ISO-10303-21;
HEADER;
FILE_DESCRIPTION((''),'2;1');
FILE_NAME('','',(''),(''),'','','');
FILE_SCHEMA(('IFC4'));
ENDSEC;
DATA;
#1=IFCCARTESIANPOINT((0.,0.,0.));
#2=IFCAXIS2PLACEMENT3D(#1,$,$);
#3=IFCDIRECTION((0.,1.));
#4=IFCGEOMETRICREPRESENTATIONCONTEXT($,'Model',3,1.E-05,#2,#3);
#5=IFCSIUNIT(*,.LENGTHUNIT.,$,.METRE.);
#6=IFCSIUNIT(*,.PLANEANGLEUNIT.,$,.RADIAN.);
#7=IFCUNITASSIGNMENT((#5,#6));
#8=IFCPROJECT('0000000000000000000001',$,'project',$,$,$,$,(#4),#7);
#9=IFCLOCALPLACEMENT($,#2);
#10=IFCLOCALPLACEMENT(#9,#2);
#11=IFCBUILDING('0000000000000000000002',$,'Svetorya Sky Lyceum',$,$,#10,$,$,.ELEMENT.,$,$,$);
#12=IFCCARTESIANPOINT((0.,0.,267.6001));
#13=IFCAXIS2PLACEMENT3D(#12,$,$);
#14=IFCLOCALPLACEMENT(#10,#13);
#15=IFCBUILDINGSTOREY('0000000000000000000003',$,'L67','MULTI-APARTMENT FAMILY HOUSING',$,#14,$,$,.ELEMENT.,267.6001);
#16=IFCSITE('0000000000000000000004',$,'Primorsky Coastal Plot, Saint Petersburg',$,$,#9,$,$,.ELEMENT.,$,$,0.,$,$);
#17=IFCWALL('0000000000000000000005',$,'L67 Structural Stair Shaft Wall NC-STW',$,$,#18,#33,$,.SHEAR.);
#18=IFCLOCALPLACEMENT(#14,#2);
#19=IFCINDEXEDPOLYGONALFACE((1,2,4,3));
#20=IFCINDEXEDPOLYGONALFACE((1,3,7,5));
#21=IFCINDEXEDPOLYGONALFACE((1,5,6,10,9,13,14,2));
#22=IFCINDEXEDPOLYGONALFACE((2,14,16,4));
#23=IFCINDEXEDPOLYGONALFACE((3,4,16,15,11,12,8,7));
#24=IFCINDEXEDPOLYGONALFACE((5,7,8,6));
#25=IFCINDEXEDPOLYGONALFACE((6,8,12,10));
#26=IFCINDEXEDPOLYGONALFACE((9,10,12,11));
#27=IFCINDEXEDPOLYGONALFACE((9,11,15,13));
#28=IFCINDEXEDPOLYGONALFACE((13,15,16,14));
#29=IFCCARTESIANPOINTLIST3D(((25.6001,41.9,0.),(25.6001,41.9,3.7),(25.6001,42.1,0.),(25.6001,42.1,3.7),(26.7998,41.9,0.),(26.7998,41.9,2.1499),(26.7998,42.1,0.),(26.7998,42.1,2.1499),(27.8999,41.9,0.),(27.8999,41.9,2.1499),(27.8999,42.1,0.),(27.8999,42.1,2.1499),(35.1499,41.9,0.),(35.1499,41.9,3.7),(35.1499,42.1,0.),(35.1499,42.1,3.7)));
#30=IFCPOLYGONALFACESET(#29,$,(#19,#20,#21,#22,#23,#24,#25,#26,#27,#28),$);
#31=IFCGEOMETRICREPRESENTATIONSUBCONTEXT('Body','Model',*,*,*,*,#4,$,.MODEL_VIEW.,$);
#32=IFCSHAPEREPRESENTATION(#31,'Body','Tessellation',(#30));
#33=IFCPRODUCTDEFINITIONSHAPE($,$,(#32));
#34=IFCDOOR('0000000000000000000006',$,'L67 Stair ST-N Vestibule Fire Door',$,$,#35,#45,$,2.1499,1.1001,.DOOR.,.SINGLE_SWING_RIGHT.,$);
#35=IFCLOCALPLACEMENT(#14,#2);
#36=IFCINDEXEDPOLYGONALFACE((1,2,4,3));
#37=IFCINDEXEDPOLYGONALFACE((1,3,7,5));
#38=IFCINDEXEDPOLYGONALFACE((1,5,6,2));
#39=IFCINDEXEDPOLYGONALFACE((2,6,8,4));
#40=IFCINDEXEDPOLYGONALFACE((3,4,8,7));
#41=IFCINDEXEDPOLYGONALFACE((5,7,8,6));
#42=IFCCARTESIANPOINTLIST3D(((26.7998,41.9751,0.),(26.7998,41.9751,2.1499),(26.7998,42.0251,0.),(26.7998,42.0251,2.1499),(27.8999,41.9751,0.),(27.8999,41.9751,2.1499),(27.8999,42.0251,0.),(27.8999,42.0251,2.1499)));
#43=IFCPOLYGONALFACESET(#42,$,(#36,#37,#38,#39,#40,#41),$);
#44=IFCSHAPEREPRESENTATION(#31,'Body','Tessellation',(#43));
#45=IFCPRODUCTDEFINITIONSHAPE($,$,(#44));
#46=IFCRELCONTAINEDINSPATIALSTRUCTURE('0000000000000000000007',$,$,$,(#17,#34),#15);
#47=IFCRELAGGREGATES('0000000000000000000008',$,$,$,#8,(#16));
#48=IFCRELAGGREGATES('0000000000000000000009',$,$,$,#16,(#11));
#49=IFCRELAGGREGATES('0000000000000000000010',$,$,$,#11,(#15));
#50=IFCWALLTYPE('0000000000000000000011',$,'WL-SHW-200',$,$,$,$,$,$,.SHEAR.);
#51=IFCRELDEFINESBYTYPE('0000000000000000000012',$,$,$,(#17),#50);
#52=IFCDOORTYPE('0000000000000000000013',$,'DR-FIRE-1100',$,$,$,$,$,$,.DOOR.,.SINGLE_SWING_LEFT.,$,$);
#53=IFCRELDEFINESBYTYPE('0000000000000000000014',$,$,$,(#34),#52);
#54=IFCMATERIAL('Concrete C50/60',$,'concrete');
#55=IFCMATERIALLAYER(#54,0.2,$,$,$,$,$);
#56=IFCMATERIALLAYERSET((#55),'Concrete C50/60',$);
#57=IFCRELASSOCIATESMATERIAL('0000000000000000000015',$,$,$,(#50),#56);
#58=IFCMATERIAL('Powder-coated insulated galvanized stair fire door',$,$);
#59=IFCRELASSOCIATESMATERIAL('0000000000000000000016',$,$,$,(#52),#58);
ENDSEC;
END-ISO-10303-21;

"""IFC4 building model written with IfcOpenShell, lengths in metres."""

from ifc_helpers import new_model, si_unit, direction, frame, frame_2d, origin, place, context, subcontext, project, spatial, rectangle, extrude, material, layer, layer_set, type_object, element, fill, save


model = new_model("IFC4")

# Units and contexts
model_context = context("Model", 3, precision=1e-05, world=origin(), true_north=direction((0.0, 1.0)))
body_context = subcontext(model_context, "Body", "Model", "MODEL_VIEW")
ifc_project = project(units=[si_unit("LENGTHUNIT", "METRE"), si_unit("PLANEANGLEUNIT", "RADIAN")], contexts=[model_context])

# Site, building, storey
site_placement = place(None, origin())
site = spatial("IfcSite", under=ifc_project, at=site_placement, Name="Primorsky Coastal Plot, Saint Petersburg", CompositionType="ELEMENT", RefElevation=0.0)
building_placement = place(site_placement, origin())
building = spatial("IfcBuilding", under=site, at=building_placement, Name="Svetorya Sky Lyceum", CompositionType="ELEMENT")
storey_placement = place(building_placement, frame((0.0, 0.0, 267.6001)))
storey = spatial("IfcBuildingStorey", under=building, at=storey_placement, Name="L67", Description="MULTI-APARTMENT FAMILY HOUSING", CompositionType="ELEMENT", Elevation=267.6001)

# Wall, opening, door
ifc_material_1 = material(Name="Concrete C50/60", Category="concrete")
ifc_layer_1 = layer(ifc_material_1, 0.2)
ifc_layer_set_1 = layer_set([ifc_layer_1], Name="Concrete C50/60")
wall_type_1 = type_object("IfcWallType", Name="WL-SHW-200", PredefinedType="SHEAR", material=ifc_layer_set_1)
wall_1_placement = place(storey_placement, frame((35.1499, 42.0, 0.0), z_axis=(0.0, 0.0, 1.0), x_axis=(-1.0, 0.0, 0.0)))
wall_1 = element("IfcWall", 1, at=wall_1_placement, inside=storey, type_object=wall_type_1, Name="L67 Structural Stair Shaft Wall NC-STW", PredefinedType="SHEAR", context=body_context, shape_type="SweptSolid", body=[
    extrude(rectangle(XDim=9.5498, YDim=0.2, at=frame_2d((4.7749, 0.0))), origin(), (0.0, 0.0, 1.0), 3.7),
])
opening_1_placement = place(wall_1_placement, frame((7.25, 0.0, 0.0)))
opening_1 = element("IfcOpeningElement", 2, at=opening_1_placement, cuts=wall_1, PredefinedType="OPENING", context=body_context, shape_type="SweptSolid", body=[
    extrude(rectangle(XDim=1.1001, YDim=2.1499, at=frame_2d((0.55, 1.075))), frame((0.0, 0.1099, 0.0), z_axis=(0.0, -1.0, 0.0), x_axis=(1.0, 0.0, 0.0)), (0.0, 0.0, 1.0), 0.22),
])
ifc_material_2 = material(Name="Powder-coated insulated galvanized stair fire door")
door_type_1 = type_object("IfcDoorType", Name="DR-FIRE-1100", OperationType="SINGLE_SWING_LEFT", PredefinedType="DOOR", material=ifc_material_2)
door_1_placement = place(opening_1_placement, origin())
door_1 = element("IfcDoor", 3, at=door_1_placement, inside=storey, type_object=door_type_1, Name="L67 Stair ST-N Vestibule Fire Door", OperationType="SINGLE_SWING_RIGHT", OverallHeight=2.1499, OverallWidth=1.1001, PredefinedType="DOOR", context=body_context, shape_type="SweptSolid", body=[
    extrude(rectangle(XDim=1.1001, YDim=2.1499, at=frame_2d((0.55, 1.075))), frame((0.0, 0.0249, 0.0), z_axis=(0.0, -1.0, 0.0), x_axis=(1.0, 0.0, 0.0)), (0.0, 0.0, 1.0), 0.05),
])
fill(opening_1, door_1)

save(model, "model.ifc")
